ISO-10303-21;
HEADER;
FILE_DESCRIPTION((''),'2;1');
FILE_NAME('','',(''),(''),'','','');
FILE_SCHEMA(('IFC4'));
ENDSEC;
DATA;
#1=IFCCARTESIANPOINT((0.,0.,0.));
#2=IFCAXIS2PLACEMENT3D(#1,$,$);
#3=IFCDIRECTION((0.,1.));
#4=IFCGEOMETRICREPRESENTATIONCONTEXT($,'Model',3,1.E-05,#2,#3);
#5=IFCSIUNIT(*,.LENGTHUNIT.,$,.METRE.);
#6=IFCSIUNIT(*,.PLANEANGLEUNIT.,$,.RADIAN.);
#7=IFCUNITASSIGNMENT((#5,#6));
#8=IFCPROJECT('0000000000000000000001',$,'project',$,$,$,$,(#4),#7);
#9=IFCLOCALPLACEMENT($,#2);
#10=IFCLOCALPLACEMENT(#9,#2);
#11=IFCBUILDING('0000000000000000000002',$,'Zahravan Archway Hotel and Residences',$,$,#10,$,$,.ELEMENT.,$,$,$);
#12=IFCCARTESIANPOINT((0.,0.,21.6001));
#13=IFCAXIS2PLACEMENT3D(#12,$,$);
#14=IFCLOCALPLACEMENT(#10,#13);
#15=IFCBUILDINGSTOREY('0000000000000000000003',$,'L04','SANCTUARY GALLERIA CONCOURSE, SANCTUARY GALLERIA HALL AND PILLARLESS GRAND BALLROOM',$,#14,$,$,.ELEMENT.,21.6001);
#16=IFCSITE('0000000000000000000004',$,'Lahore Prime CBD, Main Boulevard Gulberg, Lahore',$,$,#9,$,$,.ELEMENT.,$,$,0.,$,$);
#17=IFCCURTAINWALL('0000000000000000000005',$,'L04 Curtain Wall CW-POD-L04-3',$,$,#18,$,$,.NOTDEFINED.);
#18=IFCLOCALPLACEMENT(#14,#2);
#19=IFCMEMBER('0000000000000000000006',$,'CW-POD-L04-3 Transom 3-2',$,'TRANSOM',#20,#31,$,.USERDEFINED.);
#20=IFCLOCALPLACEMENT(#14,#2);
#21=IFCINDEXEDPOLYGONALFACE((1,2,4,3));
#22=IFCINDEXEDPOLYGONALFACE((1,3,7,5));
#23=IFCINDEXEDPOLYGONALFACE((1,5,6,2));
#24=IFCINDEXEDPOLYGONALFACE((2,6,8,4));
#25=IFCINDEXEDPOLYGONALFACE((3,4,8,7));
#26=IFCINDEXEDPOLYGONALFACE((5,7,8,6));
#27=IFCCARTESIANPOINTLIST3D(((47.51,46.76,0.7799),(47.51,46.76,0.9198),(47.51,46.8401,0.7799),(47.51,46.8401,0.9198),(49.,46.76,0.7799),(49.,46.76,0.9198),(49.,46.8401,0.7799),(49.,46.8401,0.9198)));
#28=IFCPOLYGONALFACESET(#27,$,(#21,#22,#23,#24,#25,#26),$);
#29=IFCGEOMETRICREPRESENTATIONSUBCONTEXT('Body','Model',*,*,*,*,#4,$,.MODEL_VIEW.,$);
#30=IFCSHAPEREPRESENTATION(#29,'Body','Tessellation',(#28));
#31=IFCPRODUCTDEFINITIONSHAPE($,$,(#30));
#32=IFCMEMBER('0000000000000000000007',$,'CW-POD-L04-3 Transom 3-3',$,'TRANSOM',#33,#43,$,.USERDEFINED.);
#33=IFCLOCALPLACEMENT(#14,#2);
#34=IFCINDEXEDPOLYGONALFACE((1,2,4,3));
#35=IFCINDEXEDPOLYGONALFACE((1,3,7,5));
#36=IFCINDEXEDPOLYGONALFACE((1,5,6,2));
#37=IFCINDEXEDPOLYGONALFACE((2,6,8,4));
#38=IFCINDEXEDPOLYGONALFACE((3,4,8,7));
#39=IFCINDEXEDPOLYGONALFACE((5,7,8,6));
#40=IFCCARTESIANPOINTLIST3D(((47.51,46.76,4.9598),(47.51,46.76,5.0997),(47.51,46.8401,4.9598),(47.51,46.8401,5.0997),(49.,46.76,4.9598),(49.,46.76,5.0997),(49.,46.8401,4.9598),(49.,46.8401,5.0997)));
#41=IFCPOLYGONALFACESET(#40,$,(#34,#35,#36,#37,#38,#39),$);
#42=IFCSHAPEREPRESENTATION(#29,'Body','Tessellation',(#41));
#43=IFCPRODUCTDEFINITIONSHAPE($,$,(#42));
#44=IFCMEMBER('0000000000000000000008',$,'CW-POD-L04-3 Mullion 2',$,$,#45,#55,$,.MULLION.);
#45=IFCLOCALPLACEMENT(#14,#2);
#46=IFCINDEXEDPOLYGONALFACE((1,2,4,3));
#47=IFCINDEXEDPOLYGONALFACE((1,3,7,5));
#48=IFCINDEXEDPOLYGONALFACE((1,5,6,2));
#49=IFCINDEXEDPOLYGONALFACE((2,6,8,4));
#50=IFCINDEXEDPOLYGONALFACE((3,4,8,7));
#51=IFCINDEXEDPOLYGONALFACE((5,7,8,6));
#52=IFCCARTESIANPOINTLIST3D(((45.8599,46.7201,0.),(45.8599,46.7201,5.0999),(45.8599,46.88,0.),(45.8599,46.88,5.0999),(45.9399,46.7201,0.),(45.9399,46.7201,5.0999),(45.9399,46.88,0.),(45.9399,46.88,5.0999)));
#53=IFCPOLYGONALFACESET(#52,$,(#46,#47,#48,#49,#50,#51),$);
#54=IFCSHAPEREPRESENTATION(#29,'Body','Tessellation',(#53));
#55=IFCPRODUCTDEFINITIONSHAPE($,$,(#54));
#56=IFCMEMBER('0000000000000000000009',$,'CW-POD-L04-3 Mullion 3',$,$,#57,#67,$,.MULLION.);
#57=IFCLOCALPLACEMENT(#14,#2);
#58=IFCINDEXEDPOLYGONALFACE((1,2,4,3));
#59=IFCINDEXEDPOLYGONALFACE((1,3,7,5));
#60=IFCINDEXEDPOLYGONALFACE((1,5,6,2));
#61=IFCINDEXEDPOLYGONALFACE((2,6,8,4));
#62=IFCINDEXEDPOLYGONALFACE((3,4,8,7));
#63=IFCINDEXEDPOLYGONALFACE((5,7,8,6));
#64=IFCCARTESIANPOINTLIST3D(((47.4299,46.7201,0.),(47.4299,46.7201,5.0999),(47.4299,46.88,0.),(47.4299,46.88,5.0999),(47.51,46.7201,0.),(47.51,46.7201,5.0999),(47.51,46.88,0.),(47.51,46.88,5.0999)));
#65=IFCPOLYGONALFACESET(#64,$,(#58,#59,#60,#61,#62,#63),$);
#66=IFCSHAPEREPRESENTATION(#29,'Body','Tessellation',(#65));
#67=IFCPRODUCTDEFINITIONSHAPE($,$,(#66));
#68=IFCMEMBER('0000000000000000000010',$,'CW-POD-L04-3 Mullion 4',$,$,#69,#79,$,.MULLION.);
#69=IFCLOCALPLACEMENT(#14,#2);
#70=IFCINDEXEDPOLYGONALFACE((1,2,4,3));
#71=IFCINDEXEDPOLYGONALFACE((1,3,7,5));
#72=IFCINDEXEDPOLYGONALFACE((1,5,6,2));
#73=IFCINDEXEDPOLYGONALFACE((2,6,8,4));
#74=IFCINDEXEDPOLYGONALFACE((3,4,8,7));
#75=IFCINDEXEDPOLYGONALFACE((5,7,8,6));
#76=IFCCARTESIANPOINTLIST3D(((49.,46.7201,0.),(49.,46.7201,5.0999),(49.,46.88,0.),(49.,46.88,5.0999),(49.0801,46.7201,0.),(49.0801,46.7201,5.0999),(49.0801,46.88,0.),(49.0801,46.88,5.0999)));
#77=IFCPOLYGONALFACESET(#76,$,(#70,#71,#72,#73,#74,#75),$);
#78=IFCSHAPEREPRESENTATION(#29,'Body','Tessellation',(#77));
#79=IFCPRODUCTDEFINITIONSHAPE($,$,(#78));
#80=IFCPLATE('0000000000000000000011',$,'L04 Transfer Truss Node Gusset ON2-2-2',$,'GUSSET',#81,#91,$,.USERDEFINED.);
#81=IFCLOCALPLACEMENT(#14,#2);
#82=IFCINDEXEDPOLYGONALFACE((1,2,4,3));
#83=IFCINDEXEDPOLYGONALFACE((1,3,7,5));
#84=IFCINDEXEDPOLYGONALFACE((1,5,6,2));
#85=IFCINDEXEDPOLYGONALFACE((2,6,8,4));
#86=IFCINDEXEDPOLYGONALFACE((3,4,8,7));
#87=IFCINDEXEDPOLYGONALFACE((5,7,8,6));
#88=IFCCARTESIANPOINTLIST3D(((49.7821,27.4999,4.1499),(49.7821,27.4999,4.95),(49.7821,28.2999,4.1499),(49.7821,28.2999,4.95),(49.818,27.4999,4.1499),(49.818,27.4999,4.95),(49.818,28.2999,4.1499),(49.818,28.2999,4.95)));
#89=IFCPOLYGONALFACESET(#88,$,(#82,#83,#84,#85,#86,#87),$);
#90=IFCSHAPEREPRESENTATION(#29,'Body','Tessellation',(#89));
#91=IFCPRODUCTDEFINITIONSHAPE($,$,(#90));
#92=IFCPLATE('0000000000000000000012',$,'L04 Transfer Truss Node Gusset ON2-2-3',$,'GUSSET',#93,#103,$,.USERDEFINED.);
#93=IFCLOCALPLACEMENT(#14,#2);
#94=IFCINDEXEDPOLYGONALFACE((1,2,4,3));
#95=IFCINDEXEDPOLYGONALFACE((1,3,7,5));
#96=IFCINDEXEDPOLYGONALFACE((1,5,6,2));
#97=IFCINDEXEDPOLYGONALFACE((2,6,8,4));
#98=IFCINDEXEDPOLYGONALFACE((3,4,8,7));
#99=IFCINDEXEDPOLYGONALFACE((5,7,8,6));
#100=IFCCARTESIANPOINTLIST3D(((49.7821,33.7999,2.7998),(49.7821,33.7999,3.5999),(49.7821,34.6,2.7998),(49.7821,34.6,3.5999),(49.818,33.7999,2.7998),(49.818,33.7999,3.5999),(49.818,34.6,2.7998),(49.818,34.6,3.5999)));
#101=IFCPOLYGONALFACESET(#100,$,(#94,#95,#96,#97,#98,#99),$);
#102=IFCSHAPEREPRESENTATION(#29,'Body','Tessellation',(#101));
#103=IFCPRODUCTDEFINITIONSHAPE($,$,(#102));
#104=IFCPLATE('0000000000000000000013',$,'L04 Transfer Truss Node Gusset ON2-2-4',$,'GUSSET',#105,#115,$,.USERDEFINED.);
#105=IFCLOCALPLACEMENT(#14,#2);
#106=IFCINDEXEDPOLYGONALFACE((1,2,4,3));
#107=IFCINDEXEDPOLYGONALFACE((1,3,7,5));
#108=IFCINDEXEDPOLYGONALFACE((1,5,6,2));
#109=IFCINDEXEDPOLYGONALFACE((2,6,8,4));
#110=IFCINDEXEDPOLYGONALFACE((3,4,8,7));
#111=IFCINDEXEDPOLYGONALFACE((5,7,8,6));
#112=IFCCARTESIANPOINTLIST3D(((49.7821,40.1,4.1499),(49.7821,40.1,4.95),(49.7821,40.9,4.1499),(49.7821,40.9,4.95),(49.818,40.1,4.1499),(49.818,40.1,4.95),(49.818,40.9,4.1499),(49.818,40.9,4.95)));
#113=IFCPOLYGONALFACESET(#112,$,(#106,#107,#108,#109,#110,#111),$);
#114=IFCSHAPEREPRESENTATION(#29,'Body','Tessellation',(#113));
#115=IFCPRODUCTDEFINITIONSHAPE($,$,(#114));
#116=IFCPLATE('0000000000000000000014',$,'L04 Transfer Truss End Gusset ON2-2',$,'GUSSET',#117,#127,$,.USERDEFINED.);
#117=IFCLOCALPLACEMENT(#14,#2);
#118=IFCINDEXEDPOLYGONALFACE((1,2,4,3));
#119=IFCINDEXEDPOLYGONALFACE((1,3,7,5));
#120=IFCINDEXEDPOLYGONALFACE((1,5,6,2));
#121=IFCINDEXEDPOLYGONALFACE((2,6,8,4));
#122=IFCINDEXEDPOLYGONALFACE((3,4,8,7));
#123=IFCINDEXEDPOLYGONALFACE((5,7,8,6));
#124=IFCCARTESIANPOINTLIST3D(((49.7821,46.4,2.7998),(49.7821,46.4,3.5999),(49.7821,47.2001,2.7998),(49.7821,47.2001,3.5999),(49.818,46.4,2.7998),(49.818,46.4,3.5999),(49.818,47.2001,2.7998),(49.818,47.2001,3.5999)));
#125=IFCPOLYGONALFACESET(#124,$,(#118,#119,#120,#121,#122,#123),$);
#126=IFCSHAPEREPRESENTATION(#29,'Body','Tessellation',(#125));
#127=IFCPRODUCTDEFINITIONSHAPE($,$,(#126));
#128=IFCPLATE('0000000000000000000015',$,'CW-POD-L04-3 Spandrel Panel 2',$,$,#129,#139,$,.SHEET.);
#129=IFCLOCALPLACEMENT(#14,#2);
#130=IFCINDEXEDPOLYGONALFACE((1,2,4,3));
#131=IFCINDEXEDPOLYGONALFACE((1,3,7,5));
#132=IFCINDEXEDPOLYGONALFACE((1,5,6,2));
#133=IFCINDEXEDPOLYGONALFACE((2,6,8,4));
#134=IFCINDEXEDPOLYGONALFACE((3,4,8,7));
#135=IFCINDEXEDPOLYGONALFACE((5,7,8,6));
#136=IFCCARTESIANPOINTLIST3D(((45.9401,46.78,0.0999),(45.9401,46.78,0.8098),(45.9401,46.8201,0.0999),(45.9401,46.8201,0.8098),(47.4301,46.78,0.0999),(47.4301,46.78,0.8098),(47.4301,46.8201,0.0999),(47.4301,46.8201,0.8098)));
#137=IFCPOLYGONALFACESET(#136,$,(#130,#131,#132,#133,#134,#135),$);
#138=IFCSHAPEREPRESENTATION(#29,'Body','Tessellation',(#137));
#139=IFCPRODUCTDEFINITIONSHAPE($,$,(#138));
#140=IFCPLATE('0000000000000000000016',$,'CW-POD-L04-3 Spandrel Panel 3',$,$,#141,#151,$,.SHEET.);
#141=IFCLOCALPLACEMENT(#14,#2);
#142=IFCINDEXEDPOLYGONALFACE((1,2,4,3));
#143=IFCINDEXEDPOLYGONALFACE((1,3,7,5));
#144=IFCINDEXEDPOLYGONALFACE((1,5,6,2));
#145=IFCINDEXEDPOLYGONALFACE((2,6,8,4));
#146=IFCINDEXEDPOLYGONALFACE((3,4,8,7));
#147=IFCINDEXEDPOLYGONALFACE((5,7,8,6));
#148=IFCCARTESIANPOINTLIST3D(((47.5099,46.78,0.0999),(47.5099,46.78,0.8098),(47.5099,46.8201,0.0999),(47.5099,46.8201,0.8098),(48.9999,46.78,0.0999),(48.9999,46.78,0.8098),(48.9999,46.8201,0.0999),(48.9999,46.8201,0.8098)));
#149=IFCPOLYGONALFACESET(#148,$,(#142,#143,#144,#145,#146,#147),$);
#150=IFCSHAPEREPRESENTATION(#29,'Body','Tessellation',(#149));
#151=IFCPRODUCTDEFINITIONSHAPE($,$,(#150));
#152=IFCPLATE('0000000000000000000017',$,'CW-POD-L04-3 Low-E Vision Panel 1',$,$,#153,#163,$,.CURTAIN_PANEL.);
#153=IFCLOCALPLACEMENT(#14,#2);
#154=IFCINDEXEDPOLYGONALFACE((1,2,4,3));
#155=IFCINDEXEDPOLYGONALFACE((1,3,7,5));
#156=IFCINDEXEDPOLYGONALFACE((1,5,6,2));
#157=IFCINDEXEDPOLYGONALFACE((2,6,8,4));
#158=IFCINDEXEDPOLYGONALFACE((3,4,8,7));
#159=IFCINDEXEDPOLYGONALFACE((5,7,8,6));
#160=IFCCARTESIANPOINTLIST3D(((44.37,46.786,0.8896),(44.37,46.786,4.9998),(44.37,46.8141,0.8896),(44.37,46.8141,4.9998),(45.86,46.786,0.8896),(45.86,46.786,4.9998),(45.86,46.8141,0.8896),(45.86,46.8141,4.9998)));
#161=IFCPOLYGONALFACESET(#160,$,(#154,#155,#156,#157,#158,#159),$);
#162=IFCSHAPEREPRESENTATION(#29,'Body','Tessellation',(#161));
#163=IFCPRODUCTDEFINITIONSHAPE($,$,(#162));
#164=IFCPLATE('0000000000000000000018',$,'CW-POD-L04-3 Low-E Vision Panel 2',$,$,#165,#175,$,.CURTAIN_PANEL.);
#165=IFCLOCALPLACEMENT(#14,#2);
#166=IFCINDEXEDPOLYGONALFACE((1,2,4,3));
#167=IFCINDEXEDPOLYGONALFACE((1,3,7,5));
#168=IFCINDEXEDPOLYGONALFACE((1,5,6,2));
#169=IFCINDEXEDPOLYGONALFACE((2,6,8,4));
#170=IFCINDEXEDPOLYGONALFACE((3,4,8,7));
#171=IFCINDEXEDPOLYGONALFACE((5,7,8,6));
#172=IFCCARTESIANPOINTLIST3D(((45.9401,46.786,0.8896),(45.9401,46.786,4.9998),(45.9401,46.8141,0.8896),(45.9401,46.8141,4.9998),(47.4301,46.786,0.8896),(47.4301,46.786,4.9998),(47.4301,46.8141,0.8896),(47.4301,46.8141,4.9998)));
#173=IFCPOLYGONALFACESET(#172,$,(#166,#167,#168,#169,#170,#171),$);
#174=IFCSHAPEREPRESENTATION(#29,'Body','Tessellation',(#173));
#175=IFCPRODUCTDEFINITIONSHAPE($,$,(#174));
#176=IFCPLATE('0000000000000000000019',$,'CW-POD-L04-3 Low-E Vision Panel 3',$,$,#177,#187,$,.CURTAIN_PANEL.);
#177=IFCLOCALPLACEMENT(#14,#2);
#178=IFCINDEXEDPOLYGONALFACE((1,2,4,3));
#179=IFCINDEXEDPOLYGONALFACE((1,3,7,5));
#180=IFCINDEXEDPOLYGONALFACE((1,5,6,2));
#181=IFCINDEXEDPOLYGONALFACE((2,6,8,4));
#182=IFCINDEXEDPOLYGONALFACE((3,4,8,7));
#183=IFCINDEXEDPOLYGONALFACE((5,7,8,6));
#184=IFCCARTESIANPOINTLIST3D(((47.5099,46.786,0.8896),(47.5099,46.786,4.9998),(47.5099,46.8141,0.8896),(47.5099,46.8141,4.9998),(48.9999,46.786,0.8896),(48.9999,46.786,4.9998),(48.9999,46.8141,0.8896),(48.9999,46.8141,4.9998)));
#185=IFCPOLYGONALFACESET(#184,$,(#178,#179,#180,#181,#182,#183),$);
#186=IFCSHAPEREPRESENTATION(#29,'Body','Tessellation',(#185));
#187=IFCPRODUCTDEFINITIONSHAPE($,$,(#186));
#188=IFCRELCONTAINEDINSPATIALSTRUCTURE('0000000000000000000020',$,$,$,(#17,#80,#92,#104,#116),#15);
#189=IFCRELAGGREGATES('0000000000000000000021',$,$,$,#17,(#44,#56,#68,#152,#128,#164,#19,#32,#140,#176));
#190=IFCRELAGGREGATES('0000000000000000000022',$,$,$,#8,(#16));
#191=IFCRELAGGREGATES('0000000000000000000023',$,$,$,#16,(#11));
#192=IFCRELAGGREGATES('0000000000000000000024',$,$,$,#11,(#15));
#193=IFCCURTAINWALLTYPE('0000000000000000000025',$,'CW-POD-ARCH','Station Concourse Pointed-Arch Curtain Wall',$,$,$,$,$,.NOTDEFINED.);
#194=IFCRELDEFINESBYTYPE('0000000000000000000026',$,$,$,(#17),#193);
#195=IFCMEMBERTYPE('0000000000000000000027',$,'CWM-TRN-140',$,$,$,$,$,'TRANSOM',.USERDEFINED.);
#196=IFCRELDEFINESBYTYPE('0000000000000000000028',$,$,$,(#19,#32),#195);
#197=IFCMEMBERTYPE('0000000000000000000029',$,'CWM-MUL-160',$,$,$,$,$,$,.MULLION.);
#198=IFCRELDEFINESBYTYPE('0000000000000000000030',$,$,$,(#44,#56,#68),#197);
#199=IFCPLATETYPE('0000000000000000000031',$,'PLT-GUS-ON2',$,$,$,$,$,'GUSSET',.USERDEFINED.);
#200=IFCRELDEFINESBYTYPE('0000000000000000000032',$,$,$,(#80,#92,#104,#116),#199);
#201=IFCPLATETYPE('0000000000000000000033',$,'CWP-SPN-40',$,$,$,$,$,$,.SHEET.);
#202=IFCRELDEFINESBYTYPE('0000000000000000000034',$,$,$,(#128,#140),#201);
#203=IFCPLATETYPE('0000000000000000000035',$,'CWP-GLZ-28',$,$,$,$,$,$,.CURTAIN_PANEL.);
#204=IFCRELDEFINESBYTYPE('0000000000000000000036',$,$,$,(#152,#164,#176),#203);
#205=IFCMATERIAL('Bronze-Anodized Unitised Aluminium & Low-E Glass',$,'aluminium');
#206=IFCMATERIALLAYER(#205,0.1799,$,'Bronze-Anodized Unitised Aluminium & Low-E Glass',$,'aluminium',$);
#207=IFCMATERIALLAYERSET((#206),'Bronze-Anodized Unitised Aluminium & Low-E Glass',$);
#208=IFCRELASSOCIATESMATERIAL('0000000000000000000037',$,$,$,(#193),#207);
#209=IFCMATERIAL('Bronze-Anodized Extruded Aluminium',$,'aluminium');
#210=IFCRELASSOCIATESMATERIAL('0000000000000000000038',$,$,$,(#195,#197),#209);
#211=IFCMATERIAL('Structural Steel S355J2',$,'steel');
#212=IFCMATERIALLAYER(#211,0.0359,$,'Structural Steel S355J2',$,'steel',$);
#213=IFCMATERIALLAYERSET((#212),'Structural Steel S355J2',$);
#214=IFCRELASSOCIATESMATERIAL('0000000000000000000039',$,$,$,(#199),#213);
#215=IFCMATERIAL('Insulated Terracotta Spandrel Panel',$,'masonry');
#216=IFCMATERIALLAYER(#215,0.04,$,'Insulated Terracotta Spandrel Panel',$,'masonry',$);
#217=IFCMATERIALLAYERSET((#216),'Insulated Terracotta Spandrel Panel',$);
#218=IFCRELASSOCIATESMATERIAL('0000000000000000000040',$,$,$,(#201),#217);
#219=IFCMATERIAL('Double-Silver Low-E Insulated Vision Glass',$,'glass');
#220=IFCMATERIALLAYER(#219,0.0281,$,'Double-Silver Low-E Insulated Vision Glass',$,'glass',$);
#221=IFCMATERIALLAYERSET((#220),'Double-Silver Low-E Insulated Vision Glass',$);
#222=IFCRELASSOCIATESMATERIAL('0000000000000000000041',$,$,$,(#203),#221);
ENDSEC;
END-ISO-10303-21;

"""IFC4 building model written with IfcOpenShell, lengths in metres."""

from ifc_helpers import new_model, si_unit, direction, frame, origin, origin_2d, place, context, subcontext, project, spatial, rectangle, extrude, source, transform, mapped, material, layer, layer_set, material_profile, profile_set, type_object, type_shapes, element, aggregate, save


model = new_model("IFC4")

# Units and contexts
model_context = context("Model", 3, precision=1e-05, world=origin(), true_north=direction((0.0, 1.0)))
body_context = subcontext(model_context, "Body", "Model", "MODEL_VIEW")
ifc_project = project(units=[si_unit("LENGTHUNIT", "METRE"), si_unit("PLANEANGLEUNIT", "RADIAN")], contexts=[model_context])

# Site, building, storey
site_placement = place(None, origin())
site = spatial("IfcSite", under=ifc_project, at=site_placement, Name="Lahore Prime CBD, Main Boulevard Gulberg, Lahore", CompositionType="ELEMENT", RefElevation=0.0)
building_placement = place(site_placement, origin())
building = spatial("IfcBuilding", under=site, at=building_placement, Name="Zahravan Archway Hotel and Residences", CompositionType="ELEMENT")
storey_placement = place(building_placement, frame((0.0, 0.0, 21.6001)))
storey = spatial("IfcBuildingStorey", under=building, at=storey_placement, Name="L04", Description="SANCTUARY GALLERIA CONCOURSE, SANCTUARY GALLERIA HALL AND PILLARLESS GRAND BALLROOM", CompositionType="ELEMENT", Elevation=21.6001)

# Curtain wall, members
ifc_material_1 = material(Name="Bronze-Anodized Unitised Aluminium & Low-E Glass", Category="aluminium")
ifc_layer_1 = layer(ifc_material_1, 0.1799, Name="Bronze-Anodized Unitised Aluminium & Low-E Glass", Category="aluminium")
ifc_layer_set_1 = layer_set([ifc_layer_1], Name="Bronze-Anodized Unitised Aluminium & Low-E Glass")
curtain_wall_type = type_object("IfcCurtainWallType", Name="CW-POD-ARCH", Description="Station Concourse Pointed-Arch Curtain Wall", PredefinedType="NOTDEFINED", material=ifc_layer_set_1)
curtain_wall_placement = place(storey_placement, origin())
curtain_wall = element("IfcCurtainWall", 1, at=curtain_wall_placement, inside=storey, type_object=curtain_wall_type, Name="L04 Curtain Wall CW-POD-L04-3", PredefinedType="NOTDEFINED")
ifc_material_2 = material(Name="Bronze-Anodized Extruded Aluminium", Category="aluminium")
ifc_material_profile_1 = material_profile(ifc_material_2, rectangle(XDim=0.0801, YDim=0.1399, at=origin_2d()), Name="TRN 80x140", Category="aluminium")
ifc_profile_set_1 = profile_set([ifc_material_profile_1], Name="Bronze-Anodized Extruded Aluminium")
member_type_1 = type_object("IfcMemberType", Name="CWM-TRN-140", ElementType="TRANSOM", PredefinedType="USERDEFINED", material=ifc_profile_set_1)
shared_shape_1 = source(origin(), body_context, "Body", "SweptSolid", [
    extrude(rectangle(XDim=0.0801, YDim=0.1399, at=origin_2d()), origin(), (0.0, 0.0, 1.0), 1.49),
])
member_1_placement = place(storey_placement, frame((47.51, 46.8, 0.8499), z_axis=(1.0, 0.0, 0.0), x_axis=(0.0, 1.0, 0.0)))
member_1 = element("IfcMember", 2, at=member_1_placement, type_object=member_type_1, Name="CW-POD-L04-3 Transom 3-2", ObjectType="TRANSOM", PredefinedType="USERDEFINED", context=body_context, shape_type="MappedRepresentation", body=[
    mapped(shared_shape_1, transform((0.0, 0.0, 0.0), scale=1.0)),
])
member_2_placement = place(storey_placement, frame((47.51, 46.8, 5.0298), z_axis=(1.0, 0.0, 0.0), x_axis=(0.0, 1.0, 0.0)))
member_2 = element("IfcMember", 3, at=member_2_placement, type_object=member_type_1, Name="CW-POD-L04-3 Transom 3-3", ObjectType="TRANSOM", PredefinedType="USERDEFINED", context=body_context, shape_type="MappedRepresentation", body=[
    mapped(shared_shape_1, transform((0.0, 0.0, 0.0), scale=1.0)),
])
ifc_material_profile_2 = material_profile(ifc_material_2, rectangle(XDim=0.0801, YDim=0.1599, at=origin_2d()), Name="MUL 80x160", Category="aluminium")
ifc_profile_set_2 = profile_set([ifc_material_profile_2], Name="Bronze-Anodized Extruded Aluminium")
member_type_2 = type_object("IfcMemberType", Name="CWM-MUL-160", PredefinedType="MULLION", material=ifc_profile_set_2)
shared_shape_2 = source(origin(), body_context, "Body", "SweptSolid", [
    extrude(rectangle(XDim=0.0801, YDim=0.1599, at=origin_2d()), origin(), (0.0, 0.0, 1.0), 5.0999),
])
member_3_placement = place(storey_placement, frame((45.8999, 46.8, 0.0), z_axis=(0.0, 0.0, 1.0), x_axis=(1.0, 0.0, 0.0)))
member_3 = element("IfcMember", 4, at=member_3_placement, type_object=member_type_2, Name="CW-POD-L04-3 Mullion 2", PredefinedType="MULLION", context=body_context, shape_type="MappedRepresentation", body=[
    mapped(shared_shape_2, transform((0.0, 0.0, 0.0), scale=1.0)),
])
member_4_placement = place(storey_placement, frame((47.47, 46.8, 0.0), z_axis=(0.0, 0.0, 1.0), x_axis=(1.0, 0.0, 0.0)))
member_4 = element("IfcMember", 5, at=member_4_placement, type_object=member_type_2, Name="CW-POD-L04-3 Mullion 3", PredefinedType="MULLION", context=body_context, shape_type="MappedRepresentation", body=[
    mapped(shared_shape_2, transform((0.0, 0.0, 0.0), scale=1.0)),
])
member_5_placement = place(storey_placement, frame((49.04, 46.8, 0.0), z_axis=(0.0, 0.0, 1.0), x_axis=(1.0, 0.0, 0.0)))
member_5 = element("IfcMember", 6, at=member_5_placement, type_object=member_type_2, Name="CW-POD-L04-3 Mullion 4", PredefinedType="MULLION", context=body_context, shape_type="MappedRepresentation", body=[
    mapped(shared_shape_2, transform((0.0, 0.0, 0.0), scale=1.0)),
])

# Plates
ifc_material_3 = material(Name="Structural Steel S355J2", Category="steel")
ifc_layer_2 = layer(ifc_material_3, 0.0359, Name="Structural Steel S355J2", Category="steel")
ifc_layer_set_2 = layer_set([ifc_layer_2], Name="Structural Steel S355J2")
plate_type_1 = type_object("IfcPlateType", Name="PLT-GUS-ON2", ElementType="GUSSET", PredefinedType="USERDEFINED", material=ifc_layer_set_2)
shared_shape_3 = source(origin(), body_context, "Body", "SweptSolid", [
    extrude(rectangle(XDim=0.8, YDim=0.0359, at=origin_2d()), origin(), (0.0, 0.0, 1.0), 0.8),
])
type_shapes(plate_type_1, [shared_shape_3])
for number, where, z_axis, x_axis, name in (
    (7, (49.8, 27.8999, 4.1499), (0.0, 0.0, 1.0), (0.0, 1.0, 0.0), "L04 Transfer Truss Node Gusset ON2-2-2"),
    (8, (49.8, 34.2, 2.7998), (0.0, 0.0, 1.0), (0.0, 1.0, 0.0), "L04 Transfer Truss Node Gusset ON2-2-3"),
    (9, (49.8, 40.5, 4.1499), (0.0, 0.0, 1.0), (0.0, 1.0, 0.0), "L04 Transfer Truss Node Gusset ON2-2-4"),
    (10, (49.8, 46.8, 2.7998), (0.0, 0.0, 1.0), (0.0, 1.0, 0.0), "L04 Transfer Truss End Gusset ON2-2"),
):
    element("IfcPlate", number, at=place(storey_placement, frame(where, z_axis=z_axis, x_axis=x_axis)), inside=storey, type_object=plate_type_1, Name=name, ObjectType="GUSSET", PredefinedType="USERDEFINED", context=body_context, shape_type="MappedRepresentation", body=[
        mapped(shared_shape_3, transform((0.0, 0.0, 0.0), scale=1.0)),
    ])

# Plates
ifc_material_4 = material(Name="Insulated Terracotta Spandrel Panel", Category="masonry")
ifc_layer_3 = layer(ifc_material_4, 0.04, Name="Insulated Terracotta Spandrel Panel", Category="masonry")
ifc_layer_set_3 = layer_set([ifc_layer_3], Name="Insulated Terracotta Spandrel Panel")
plate_type_2 = type_object("IfcPlateType", Name="CWP-SPN-40", PredefinedType="SHEET", material=ifc_layer_set_3)
shared_shape_4 = source(origin(), body_context, "Body", "SweptSolid", [
    extrude(rectangle(XDim=1.49, YDim=0.04, at=origin_2d()), origin(), (0.0, 0.0, 1.0), 0.71),
])
plate_1_placement = place(storey_placement, frame((46.6851, 46.8, 0.0999), z_axis=(0.0, 0.0, 1.0), x_axis=(1.0, 0.0, 0.0)))
plate_1 = element("IfcPlate", 11, at=plate_1_placement, type_object=plate_type_2, Name="CW-POD-L04-3 Spandrel Panel 2", PredefinedType="SHEET", context=body_context, shape_type="MappedRepresentation", body=[
    mapped(shared_shape_4, transform((0.0, 0.0, 0.0), scale=1.0)),
])
plate_2_placement = place(storey_placement, frame((48.2549, 46.8, 0.0999), z_axis=(0.0, 0.0, 1.0), x_axis=(1.0, 0.0, 0.0)))
plate_2 = element("IfcPlate", 12, at=plate_2_placement, type_object=plate_type_2, Name="CW-POD-L04-3 Spandrel Panel 3", PredefinedType="SHEET", context=body_context, shape_type="MappedRepresentation", body=[
    mapped(shared_shape_4, transform((0.0, 0.0, 0.0), scale=1.0)),
])
ifc_material_5 = material(Name="Double-Silver Low-E Insulated Vision Glass", Category="glass")
ifc_layer_4 = layer(ifc_material_5, 0.0281, Name="Double-Silver Low-E Insulated Vision Glass", Category="glass")
ifc_layer_set_4 = layer_set([ifc_layer_4], Name="Double-Silver Low-E Insulated Vision Glass")
plate_type_3 = type_object("IfcPlateType", Name="CWP-GLZ-28", PredefinedType="CURTAIN_PANEL", material=ifc_layer_set_4)
shared_shape_5 = source(origin(), body_context, "Body", "SweptSolid", [
    extrude(rectangle(XDim=1.49, YDim=0.0281, at=origin_2d()), origin(), (0.0, 0.0, 1.0), 4.1101),
])
plate_3_placement = place(storey_placement, frame((45.115, 46.8, 0.8896), z_axis=(0.0, 0.0, 1.0), x_axis=(1.0, 0.0, 0.0)))
plate_3 = element("IfcPlate", 13, at=plate_3_placement, type_object=plate_type_3, Name="CW-POD-L04-3 Low-E Vision Panel 1", PredefinedType="CURTAIN_PANEL", context=body_context, shape_type="MappedRepresentation", body=[
    mapped(shared_shape_5, transform((0.0, 0.0, 0.0), scale=1.0)),
])
plate_4_placement = place(storey_placement, frame((46.6851, 46.8, 0.8896), z_axis=(0.0, 0.0, 1.0), x_axis=(1.0, 0.0, 0.0)))
plate_4 = element("IfcPlate", 14, at=plate_4_placement, type_object=plate_type_3, Name="CW-POD-L04-3 Low-E Vision Panel 2", PredefinedType="CURTAIN_PANEL", context=body_context, shape_type="MappedRepresentation", body=[
    mapped(shared_shape_5, transform((0.0, 0.0, 0.0), scale=1.0)),
])
plate_5_placement = place(storey_placement, frame((48.2549, 46.8, 0.8896), z_axis=(0.0, 0.0, 1.0), x_axis=(1.0, 0.0, 0.0)))
plate_5 = element("IfcPlate", 15, at=plate_5_placement, type_object=plate_type_3, Name="CW-POD-L04-3 Low-E Vision Panel 3", PredefinedType="CURTAIN_PANEL", context=body_context, shape_type="MappedRepresentation", body=[
    mapped(shared_shape_5, transform((0.0, 0.0, 0.0), scale=1.0)),
])
aggregate(curtain_wall, [member_3, member_4, member_5, plate_3, plate_1, plate_4, member_1, member_2, plate_2, plate_5])

save(model, "model.ifc")
